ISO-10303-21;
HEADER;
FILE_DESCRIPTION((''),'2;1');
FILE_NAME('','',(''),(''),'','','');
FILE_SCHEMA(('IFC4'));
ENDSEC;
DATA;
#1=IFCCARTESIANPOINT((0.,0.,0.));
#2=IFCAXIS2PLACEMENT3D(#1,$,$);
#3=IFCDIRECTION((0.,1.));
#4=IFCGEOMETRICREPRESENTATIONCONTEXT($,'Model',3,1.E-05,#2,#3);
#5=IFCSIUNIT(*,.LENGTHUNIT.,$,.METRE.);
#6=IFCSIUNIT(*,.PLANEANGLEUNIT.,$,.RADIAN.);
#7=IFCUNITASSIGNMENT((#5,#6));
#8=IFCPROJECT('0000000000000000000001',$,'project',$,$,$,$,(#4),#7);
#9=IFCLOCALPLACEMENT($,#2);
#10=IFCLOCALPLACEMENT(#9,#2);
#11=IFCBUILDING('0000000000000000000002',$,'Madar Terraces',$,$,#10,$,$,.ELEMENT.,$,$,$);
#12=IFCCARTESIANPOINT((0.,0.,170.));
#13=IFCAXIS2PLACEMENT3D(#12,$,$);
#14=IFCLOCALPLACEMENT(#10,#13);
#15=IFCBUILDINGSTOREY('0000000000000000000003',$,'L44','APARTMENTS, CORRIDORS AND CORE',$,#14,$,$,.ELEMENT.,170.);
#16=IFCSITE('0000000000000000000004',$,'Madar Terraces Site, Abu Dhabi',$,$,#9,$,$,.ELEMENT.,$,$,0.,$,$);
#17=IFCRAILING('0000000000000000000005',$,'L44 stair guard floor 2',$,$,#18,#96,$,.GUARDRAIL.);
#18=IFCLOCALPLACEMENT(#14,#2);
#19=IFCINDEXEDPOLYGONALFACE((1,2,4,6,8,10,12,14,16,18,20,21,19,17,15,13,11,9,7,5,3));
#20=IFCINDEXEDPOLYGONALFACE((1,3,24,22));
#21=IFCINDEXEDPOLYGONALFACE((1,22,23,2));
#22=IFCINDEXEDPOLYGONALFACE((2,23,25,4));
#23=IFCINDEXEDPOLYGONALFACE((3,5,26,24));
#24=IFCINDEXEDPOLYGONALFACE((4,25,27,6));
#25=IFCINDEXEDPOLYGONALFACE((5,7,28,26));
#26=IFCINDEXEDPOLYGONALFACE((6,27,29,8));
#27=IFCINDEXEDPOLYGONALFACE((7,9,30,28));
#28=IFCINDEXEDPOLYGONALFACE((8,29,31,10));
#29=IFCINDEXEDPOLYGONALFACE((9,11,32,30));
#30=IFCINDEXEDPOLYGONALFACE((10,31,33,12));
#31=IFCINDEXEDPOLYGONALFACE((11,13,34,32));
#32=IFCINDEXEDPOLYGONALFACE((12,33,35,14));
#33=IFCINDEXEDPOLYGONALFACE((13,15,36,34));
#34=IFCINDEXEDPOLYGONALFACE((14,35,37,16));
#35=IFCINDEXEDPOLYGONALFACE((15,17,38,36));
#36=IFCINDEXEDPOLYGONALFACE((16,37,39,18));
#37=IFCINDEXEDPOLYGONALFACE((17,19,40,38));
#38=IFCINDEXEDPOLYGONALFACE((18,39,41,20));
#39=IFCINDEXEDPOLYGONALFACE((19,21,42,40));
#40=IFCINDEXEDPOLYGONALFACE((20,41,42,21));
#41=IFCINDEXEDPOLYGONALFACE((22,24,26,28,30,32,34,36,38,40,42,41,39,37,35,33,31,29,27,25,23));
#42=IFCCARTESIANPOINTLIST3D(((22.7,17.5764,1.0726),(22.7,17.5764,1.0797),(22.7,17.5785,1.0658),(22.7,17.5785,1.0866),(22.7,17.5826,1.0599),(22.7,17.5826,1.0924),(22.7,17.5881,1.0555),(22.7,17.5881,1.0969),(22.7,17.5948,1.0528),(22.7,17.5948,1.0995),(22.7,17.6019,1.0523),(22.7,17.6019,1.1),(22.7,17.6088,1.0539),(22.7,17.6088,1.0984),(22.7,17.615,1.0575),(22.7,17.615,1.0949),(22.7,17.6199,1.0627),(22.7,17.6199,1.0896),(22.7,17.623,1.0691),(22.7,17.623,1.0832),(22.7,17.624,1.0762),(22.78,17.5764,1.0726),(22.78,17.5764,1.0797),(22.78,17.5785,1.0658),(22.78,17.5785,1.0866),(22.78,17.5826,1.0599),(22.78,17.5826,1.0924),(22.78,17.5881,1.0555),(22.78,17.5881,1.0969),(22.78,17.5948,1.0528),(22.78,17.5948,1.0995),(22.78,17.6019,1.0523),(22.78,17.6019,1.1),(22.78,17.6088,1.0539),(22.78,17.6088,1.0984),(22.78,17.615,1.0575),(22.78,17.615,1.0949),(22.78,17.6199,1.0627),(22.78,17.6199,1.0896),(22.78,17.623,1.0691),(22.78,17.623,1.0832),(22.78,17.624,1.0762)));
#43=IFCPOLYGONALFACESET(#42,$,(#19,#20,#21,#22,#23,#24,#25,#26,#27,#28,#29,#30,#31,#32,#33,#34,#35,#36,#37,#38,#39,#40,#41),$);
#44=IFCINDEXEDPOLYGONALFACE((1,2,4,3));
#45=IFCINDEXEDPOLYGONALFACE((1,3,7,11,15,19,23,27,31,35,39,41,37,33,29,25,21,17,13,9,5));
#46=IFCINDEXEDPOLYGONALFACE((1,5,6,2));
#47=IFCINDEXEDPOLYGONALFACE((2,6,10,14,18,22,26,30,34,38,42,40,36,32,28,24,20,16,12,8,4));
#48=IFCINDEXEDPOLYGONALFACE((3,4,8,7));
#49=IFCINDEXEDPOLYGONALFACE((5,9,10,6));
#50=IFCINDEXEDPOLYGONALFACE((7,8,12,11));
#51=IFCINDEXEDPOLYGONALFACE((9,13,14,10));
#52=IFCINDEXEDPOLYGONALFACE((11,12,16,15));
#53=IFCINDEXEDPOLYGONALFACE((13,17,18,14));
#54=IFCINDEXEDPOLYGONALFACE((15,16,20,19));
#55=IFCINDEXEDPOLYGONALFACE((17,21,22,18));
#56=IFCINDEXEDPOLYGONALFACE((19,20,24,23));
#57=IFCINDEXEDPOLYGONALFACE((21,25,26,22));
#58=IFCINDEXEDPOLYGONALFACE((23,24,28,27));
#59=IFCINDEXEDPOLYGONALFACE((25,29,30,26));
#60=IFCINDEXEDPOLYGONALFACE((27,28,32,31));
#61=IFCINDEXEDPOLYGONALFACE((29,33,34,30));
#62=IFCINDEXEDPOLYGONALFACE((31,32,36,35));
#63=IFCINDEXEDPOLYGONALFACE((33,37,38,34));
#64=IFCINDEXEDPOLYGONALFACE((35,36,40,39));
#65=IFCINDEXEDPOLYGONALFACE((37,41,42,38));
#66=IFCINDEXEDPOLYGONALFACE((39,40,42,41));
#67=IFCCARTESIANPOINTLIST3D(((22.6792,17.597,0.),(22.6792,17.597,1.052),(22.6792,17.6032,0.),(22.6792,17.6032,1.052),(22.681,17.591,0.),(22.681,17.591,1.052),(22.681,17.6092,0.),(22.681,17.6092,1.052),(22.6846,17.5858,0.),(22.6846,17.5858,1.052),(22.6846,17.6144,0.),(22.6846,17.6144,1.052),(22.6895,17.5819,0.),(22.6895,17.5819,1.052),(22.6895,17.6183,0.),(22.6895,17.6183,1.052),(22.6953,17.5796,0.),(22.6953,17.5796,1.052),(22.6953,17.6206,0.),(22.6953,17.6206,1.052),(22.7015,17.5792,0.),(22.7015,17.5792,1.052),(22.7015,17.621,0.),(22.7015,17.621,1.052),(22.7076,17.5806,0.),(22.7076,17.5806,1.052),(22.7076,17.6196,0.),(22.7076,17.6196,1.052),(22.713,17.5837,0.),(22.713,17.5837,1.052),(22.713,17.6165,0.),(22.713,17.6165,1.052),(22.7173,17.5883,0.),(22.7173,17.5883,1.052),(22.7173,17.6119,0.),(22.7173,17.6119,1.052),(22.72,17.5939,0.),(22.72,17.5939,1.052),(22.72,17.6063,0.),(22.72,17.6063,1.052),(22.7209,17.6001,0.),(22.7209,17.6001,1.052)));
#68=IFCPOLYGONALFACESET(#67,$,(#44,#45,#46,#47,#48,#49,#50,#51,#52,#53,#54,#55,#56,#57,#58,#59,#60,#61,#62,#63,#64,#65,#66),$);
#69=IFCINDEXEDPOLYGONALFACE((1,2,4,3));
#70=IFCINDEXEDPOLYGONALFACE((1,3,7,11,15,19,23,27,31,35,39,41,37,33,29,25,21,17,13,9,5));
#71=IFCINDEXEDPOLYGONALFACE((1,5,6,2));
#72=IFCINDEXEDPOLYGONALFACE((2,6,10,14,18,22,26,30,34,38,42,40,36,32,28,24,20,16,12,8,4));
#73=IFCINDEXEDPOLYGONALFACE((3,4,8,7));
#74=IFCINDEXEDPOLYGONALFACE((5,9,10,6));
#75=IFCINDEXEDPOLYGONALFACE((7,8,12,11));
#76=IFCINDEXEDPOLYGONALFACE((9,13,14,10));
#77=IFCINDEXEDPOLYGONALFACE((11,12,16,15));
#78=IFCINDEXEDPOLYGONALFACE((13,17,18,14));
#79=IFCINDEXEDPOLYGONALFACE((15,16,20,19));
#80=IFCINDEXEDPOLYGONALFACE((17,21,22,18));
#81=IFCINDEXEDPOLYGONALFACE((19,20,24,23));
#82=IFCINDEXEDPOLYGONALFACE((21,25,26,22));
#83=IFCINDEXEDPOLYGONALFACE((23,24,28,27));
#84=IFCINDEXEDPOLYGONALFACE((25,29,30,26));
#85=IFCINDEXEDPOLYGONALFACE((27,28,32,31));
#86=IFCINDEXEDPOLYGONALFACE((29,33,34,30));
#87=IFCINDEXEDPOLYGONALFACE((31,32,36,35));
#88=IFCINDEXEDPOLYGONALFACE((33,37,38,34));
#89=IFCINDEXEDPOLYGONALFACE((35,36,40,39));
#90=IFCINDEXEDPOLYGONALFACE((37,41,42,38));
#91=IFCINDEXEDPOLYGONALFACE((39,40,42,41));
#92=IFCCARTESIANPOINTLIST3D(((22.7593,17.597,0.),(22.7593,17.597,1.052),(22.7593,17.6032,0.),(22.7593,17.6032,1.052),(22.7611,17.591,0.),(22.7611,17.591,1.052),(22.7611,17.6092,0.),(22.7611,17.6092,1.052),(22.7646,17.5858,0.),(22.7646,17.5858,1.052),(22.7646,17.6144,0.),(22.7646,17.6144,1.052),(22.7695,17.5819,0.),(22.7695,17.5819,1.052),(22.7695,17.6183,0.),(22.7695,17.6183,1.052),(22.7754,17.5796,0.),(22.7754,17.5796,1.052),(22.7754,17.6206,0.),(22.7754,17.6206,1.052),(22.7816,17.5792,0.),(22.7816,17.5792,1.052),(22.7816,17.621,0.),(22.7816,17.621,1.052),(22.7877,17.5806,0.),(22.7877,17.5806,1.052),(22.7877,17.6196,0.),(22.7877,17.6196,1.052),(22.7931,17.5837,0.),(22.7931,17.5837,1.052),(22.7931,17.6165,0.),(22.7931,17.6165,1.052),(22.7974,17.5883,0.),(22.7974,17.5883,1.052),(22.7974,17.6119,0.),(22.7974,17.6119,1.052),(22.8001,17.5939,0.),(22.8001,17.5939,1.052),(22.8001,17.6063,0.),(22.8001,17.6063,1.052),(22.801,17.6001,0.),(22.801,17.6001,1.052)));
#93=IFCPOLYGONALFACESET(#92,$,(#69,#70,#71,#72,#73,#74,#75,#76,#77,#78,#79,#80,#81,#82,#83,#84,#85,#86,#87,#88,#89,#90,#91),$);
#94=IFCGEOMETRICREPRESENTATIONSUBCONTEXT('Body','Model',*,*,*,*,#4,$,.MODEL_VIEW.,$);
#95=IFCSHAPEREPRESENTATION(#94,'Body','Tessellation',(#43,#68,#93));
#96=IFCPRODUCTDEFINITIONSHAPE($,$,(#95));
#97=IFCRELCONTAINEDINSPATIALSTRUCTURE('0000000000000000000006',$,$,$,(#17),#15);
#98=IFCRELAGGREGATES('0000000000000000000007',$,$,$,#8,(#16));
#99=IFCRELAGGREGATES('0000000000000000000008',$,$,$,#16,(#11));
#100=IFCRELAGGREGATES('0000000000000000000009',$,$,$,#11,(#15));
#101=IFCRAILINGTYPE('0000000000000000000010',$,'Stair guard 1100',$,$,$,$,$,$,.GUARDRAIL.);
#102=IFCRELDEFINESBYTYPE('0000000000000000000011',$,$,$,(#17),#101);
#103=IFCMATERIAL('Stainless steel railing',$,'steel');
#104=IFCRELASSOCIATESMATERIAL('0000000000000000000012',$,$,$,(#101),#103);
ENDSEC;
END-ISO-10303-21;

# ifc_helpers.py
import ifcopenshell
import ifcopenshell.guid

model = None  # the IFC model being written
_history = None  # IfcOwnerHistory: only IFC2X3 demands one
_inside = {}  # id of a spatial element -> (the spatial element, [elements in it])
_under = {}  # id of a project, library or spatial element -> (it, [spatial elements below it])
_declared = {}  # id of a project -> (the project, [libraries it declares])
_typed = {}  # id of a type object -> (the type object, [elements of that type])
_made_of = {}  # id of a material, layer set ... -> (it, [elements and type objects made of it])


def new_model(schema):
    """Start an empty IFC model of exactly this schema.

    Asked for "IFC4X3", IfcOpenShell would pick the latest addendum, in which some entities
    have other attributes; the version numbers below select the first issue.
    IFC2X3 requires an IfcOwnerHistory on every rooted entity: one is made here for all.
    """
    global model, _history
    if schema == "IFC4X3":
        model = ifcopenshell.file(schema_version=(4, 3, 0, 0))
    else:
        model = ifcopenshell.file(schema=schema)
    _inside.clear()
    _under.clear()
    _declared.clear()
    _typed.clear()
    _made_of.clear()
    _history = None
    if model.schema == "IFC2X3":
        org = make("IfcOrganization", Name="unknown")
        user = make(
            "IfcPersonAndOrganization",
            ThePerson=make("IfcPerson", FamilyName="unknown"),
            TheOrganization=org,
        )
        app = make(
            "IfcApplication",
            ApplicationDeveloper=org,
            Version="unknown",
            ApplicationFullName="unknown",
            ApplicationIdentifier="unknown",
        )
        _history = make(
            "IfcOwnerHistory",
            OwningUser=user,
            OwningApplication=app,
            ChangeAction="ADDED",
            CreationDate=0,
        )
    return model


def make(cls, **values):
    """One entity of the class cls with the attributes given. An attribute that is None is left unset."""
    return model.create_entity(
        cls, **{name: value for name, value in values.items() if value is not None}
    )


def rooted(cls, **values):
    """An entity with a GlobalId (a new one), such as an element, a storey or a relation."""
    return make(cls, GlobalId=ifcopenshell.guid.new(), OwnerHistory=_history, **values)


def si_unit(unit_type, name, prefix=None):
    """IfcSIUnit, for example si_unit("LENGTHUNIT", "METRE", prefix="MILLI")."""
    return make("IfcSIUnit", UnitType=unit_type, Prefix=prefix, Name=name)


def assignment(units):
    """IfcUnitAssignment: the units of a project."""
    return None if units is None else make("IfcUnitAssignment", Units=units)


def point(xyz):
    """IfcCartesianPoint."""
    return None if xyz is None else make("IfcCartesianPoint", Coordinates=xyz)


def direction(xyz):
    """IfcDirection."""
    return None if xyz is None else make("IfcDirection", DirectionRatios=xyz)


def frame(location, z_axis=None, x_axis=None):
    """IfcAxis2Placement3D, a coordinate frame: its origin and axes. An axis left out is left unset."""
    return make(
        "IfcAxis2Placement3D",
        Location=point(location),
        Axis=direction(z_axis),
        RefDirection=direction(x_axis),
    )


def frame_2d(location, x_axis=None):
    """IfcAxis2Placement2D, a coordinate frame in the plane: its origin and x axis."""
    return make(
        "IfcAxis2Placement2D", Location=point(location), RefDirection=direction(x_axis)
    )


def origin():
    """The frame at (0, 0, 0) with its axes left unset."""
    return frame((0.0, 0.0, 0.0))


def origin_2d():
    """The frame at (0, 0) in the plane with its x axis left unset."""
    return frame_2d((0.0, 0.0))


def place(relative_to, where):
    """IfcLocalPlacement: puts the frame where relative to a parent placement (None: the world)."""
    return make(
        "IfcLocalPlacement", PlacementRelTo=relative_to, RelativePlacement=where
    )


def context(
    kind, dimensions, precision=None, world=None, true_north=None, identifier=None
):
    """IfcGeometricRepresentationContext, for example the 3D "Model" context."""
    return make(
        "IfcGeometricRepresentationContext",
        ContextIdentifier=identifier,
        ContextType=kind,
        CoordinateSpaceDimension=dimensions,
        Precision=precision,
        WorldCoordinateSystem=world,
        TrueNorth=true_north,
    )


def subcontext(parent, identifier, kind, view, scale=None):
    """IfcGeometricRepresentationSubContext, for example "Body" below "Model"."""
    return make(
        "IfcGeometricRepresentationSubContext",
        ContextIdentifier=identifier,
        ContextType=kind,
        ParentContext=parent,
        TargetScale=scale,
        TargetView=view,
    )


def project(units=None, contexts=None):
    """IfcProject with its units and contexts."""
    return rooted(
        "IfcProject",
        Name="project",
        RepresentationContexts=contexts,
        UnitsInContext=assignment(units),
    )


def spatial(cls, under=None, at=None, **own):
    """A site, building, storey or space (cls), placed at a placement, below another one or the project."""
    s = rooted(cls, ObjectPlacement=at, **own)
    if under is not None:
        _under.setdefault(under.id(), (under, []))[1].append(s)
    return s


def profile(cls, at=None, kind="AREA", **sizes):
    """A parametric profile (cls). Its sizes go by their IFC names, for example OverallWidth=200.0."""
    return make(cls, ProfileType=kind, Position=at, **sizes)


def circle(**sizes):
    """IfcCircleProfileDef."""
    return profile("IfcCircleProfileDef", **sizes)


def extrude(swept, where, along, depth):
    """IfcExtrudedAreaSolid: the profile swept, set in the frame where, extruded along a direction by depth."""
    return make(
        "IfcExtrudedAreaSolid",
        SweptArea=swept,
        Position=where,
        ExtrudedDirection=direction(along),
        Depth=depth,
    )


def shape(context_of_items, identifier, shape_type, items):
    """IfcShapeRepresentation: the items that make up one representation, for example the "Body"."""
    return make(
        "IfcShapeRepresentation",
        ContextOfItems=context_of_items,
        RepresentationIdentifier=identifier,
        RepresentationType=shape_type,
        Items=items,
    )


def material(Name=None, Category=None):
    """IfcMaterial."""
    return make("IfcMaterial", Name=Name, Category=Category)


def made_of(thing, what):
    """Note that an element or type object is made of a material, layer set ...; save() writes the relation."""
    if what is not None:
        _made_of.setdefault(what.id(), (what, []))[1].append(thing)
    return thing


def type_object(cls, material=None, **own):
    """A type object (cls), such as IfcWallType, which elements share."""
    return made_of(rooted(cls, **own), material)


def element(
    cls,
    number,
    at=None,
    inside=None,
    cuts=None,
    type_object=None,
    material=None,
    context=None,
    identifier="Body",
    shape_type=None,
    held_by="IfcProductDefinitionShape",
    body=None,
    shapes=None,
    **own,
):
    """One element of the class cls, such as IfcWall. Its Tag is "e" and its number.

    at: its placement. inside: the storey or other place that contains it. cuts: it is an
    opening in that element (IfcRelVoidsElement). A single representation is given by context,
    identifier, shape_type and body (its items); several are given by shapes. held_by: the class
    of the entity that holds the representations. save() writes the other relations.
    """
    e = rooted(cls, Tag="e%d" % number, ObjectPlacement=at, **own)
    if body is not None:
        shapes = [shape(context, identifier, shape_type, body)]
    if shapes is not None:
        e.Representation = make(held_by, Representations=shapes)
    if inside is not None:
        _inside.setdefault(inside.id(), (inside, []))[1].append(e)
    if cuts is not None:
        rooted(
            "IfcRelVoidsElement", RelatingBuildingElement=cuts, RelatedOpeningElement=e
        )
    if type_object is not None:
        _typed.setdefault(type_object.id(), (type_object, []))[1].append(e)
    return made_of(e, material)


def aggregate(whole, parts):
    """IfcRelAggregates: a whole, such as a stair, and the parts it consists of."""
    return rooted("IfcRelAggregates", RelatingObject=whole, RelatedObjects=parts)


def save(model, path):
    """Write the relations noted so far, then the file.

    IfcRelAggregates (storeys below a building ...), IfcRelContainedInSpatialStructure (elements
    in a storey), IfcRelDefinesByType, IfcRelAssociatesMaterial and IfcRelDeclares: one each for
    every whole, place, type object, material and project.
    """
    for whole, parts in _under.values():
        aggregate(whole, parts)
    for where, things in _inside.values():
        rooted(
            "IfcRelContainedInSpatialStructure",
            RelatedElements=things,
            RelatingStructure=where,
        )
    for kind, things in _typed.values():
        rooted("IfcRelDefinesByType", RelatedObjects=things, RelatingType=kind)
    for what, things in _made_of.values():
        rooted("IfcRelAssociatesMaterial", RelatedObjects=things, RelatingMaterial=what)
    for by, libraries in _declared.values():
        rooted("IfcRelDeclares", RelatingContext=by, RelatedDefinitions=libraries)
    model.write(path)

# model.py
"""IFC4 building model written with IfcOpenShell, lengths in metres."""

from ifc_helpers import new_model, si_unit, direction, frame, origin, origin_2d, place, context, subcontext, project, spatial, circle, extrude, material, type_object, element, save


model = new_model("IFC4")

# Units and contexts
model_context = context("Model", 3, precision=1e-05, world=origin(), true_north=direction((0.0, 1.0)))
body_context = subcontext(model_context, "Body", "Model", "MODEL_VIEW")
ifc_project = project(units=[si_unit("LENGTHUNIT", "METRE"), si_unit("PLANEANGLEUNIT", "RADIAN")], contexts=[model_context])

# Site, building, storey
site_placement = place(None, origin())
site = spatial("IfcSite", under=ifc_project, at=site_placement, Name="Madar Terraces Site, Abu Dhabi", CompositionType="ELEMENT", RefElevation=0.0)
building_placement = place(site_placement, origin())
building = spatial("IfcBuilding", under=site, at=building_placement, Name="Madar Terraces", CompositionType="ELEMENT")
storey_placement = place(building_placement, frame((0.0, 0.0, 170.0)))
storey = spatial("IfcBuildingStorey", under=building, at=storey_placement, Name="L44", Description="APARTMENTS, CORRIDORS AND CORE", CompositionType="ELEMENT", Elevation=170.0)

# Railing
ifc_material_1 = material(Name="Stainless steel railing", Category="steel")
railing_type_1 = type_object("IfcRailingType", Name="Stair guard 1100", PredefinedType="GUARDRAIL", material=ifc_material_1)
for number, where, name in (
    (1, (22.7, 17.6001, 0.0), "L44 stair guard floor 2"),
):
    element("IfcRailing", number, at=place(storey_placement, frame(where)), inside=storey, type_object=railing_type_1, Name=name, PredefinedType="GUARDRAIL", context=body_context, shape_type="SweptSolid", body=[
        extrude(circle(Radius=0.0239, at=origin_2d()), frame((0.0, 0.0, 1.0762), z_axis=(1.0, 0.0, 0.0), x_axis=(0.0, 1.0, 0.0)), (0.0, 0.0, 1.0), 0.0801),
        extrude(circle(Radius=0.021, at=origin_2d()), origin(), (0.0, 0.0, 1.0), 1.052),
        extrude(circle(Radius=0.021, at=origin_2d()), frame((0.0801, 0.0, 0.0)), (0.0, 0.0, 1.0), 1.052),
    ])

save(model, "model.ifc")
